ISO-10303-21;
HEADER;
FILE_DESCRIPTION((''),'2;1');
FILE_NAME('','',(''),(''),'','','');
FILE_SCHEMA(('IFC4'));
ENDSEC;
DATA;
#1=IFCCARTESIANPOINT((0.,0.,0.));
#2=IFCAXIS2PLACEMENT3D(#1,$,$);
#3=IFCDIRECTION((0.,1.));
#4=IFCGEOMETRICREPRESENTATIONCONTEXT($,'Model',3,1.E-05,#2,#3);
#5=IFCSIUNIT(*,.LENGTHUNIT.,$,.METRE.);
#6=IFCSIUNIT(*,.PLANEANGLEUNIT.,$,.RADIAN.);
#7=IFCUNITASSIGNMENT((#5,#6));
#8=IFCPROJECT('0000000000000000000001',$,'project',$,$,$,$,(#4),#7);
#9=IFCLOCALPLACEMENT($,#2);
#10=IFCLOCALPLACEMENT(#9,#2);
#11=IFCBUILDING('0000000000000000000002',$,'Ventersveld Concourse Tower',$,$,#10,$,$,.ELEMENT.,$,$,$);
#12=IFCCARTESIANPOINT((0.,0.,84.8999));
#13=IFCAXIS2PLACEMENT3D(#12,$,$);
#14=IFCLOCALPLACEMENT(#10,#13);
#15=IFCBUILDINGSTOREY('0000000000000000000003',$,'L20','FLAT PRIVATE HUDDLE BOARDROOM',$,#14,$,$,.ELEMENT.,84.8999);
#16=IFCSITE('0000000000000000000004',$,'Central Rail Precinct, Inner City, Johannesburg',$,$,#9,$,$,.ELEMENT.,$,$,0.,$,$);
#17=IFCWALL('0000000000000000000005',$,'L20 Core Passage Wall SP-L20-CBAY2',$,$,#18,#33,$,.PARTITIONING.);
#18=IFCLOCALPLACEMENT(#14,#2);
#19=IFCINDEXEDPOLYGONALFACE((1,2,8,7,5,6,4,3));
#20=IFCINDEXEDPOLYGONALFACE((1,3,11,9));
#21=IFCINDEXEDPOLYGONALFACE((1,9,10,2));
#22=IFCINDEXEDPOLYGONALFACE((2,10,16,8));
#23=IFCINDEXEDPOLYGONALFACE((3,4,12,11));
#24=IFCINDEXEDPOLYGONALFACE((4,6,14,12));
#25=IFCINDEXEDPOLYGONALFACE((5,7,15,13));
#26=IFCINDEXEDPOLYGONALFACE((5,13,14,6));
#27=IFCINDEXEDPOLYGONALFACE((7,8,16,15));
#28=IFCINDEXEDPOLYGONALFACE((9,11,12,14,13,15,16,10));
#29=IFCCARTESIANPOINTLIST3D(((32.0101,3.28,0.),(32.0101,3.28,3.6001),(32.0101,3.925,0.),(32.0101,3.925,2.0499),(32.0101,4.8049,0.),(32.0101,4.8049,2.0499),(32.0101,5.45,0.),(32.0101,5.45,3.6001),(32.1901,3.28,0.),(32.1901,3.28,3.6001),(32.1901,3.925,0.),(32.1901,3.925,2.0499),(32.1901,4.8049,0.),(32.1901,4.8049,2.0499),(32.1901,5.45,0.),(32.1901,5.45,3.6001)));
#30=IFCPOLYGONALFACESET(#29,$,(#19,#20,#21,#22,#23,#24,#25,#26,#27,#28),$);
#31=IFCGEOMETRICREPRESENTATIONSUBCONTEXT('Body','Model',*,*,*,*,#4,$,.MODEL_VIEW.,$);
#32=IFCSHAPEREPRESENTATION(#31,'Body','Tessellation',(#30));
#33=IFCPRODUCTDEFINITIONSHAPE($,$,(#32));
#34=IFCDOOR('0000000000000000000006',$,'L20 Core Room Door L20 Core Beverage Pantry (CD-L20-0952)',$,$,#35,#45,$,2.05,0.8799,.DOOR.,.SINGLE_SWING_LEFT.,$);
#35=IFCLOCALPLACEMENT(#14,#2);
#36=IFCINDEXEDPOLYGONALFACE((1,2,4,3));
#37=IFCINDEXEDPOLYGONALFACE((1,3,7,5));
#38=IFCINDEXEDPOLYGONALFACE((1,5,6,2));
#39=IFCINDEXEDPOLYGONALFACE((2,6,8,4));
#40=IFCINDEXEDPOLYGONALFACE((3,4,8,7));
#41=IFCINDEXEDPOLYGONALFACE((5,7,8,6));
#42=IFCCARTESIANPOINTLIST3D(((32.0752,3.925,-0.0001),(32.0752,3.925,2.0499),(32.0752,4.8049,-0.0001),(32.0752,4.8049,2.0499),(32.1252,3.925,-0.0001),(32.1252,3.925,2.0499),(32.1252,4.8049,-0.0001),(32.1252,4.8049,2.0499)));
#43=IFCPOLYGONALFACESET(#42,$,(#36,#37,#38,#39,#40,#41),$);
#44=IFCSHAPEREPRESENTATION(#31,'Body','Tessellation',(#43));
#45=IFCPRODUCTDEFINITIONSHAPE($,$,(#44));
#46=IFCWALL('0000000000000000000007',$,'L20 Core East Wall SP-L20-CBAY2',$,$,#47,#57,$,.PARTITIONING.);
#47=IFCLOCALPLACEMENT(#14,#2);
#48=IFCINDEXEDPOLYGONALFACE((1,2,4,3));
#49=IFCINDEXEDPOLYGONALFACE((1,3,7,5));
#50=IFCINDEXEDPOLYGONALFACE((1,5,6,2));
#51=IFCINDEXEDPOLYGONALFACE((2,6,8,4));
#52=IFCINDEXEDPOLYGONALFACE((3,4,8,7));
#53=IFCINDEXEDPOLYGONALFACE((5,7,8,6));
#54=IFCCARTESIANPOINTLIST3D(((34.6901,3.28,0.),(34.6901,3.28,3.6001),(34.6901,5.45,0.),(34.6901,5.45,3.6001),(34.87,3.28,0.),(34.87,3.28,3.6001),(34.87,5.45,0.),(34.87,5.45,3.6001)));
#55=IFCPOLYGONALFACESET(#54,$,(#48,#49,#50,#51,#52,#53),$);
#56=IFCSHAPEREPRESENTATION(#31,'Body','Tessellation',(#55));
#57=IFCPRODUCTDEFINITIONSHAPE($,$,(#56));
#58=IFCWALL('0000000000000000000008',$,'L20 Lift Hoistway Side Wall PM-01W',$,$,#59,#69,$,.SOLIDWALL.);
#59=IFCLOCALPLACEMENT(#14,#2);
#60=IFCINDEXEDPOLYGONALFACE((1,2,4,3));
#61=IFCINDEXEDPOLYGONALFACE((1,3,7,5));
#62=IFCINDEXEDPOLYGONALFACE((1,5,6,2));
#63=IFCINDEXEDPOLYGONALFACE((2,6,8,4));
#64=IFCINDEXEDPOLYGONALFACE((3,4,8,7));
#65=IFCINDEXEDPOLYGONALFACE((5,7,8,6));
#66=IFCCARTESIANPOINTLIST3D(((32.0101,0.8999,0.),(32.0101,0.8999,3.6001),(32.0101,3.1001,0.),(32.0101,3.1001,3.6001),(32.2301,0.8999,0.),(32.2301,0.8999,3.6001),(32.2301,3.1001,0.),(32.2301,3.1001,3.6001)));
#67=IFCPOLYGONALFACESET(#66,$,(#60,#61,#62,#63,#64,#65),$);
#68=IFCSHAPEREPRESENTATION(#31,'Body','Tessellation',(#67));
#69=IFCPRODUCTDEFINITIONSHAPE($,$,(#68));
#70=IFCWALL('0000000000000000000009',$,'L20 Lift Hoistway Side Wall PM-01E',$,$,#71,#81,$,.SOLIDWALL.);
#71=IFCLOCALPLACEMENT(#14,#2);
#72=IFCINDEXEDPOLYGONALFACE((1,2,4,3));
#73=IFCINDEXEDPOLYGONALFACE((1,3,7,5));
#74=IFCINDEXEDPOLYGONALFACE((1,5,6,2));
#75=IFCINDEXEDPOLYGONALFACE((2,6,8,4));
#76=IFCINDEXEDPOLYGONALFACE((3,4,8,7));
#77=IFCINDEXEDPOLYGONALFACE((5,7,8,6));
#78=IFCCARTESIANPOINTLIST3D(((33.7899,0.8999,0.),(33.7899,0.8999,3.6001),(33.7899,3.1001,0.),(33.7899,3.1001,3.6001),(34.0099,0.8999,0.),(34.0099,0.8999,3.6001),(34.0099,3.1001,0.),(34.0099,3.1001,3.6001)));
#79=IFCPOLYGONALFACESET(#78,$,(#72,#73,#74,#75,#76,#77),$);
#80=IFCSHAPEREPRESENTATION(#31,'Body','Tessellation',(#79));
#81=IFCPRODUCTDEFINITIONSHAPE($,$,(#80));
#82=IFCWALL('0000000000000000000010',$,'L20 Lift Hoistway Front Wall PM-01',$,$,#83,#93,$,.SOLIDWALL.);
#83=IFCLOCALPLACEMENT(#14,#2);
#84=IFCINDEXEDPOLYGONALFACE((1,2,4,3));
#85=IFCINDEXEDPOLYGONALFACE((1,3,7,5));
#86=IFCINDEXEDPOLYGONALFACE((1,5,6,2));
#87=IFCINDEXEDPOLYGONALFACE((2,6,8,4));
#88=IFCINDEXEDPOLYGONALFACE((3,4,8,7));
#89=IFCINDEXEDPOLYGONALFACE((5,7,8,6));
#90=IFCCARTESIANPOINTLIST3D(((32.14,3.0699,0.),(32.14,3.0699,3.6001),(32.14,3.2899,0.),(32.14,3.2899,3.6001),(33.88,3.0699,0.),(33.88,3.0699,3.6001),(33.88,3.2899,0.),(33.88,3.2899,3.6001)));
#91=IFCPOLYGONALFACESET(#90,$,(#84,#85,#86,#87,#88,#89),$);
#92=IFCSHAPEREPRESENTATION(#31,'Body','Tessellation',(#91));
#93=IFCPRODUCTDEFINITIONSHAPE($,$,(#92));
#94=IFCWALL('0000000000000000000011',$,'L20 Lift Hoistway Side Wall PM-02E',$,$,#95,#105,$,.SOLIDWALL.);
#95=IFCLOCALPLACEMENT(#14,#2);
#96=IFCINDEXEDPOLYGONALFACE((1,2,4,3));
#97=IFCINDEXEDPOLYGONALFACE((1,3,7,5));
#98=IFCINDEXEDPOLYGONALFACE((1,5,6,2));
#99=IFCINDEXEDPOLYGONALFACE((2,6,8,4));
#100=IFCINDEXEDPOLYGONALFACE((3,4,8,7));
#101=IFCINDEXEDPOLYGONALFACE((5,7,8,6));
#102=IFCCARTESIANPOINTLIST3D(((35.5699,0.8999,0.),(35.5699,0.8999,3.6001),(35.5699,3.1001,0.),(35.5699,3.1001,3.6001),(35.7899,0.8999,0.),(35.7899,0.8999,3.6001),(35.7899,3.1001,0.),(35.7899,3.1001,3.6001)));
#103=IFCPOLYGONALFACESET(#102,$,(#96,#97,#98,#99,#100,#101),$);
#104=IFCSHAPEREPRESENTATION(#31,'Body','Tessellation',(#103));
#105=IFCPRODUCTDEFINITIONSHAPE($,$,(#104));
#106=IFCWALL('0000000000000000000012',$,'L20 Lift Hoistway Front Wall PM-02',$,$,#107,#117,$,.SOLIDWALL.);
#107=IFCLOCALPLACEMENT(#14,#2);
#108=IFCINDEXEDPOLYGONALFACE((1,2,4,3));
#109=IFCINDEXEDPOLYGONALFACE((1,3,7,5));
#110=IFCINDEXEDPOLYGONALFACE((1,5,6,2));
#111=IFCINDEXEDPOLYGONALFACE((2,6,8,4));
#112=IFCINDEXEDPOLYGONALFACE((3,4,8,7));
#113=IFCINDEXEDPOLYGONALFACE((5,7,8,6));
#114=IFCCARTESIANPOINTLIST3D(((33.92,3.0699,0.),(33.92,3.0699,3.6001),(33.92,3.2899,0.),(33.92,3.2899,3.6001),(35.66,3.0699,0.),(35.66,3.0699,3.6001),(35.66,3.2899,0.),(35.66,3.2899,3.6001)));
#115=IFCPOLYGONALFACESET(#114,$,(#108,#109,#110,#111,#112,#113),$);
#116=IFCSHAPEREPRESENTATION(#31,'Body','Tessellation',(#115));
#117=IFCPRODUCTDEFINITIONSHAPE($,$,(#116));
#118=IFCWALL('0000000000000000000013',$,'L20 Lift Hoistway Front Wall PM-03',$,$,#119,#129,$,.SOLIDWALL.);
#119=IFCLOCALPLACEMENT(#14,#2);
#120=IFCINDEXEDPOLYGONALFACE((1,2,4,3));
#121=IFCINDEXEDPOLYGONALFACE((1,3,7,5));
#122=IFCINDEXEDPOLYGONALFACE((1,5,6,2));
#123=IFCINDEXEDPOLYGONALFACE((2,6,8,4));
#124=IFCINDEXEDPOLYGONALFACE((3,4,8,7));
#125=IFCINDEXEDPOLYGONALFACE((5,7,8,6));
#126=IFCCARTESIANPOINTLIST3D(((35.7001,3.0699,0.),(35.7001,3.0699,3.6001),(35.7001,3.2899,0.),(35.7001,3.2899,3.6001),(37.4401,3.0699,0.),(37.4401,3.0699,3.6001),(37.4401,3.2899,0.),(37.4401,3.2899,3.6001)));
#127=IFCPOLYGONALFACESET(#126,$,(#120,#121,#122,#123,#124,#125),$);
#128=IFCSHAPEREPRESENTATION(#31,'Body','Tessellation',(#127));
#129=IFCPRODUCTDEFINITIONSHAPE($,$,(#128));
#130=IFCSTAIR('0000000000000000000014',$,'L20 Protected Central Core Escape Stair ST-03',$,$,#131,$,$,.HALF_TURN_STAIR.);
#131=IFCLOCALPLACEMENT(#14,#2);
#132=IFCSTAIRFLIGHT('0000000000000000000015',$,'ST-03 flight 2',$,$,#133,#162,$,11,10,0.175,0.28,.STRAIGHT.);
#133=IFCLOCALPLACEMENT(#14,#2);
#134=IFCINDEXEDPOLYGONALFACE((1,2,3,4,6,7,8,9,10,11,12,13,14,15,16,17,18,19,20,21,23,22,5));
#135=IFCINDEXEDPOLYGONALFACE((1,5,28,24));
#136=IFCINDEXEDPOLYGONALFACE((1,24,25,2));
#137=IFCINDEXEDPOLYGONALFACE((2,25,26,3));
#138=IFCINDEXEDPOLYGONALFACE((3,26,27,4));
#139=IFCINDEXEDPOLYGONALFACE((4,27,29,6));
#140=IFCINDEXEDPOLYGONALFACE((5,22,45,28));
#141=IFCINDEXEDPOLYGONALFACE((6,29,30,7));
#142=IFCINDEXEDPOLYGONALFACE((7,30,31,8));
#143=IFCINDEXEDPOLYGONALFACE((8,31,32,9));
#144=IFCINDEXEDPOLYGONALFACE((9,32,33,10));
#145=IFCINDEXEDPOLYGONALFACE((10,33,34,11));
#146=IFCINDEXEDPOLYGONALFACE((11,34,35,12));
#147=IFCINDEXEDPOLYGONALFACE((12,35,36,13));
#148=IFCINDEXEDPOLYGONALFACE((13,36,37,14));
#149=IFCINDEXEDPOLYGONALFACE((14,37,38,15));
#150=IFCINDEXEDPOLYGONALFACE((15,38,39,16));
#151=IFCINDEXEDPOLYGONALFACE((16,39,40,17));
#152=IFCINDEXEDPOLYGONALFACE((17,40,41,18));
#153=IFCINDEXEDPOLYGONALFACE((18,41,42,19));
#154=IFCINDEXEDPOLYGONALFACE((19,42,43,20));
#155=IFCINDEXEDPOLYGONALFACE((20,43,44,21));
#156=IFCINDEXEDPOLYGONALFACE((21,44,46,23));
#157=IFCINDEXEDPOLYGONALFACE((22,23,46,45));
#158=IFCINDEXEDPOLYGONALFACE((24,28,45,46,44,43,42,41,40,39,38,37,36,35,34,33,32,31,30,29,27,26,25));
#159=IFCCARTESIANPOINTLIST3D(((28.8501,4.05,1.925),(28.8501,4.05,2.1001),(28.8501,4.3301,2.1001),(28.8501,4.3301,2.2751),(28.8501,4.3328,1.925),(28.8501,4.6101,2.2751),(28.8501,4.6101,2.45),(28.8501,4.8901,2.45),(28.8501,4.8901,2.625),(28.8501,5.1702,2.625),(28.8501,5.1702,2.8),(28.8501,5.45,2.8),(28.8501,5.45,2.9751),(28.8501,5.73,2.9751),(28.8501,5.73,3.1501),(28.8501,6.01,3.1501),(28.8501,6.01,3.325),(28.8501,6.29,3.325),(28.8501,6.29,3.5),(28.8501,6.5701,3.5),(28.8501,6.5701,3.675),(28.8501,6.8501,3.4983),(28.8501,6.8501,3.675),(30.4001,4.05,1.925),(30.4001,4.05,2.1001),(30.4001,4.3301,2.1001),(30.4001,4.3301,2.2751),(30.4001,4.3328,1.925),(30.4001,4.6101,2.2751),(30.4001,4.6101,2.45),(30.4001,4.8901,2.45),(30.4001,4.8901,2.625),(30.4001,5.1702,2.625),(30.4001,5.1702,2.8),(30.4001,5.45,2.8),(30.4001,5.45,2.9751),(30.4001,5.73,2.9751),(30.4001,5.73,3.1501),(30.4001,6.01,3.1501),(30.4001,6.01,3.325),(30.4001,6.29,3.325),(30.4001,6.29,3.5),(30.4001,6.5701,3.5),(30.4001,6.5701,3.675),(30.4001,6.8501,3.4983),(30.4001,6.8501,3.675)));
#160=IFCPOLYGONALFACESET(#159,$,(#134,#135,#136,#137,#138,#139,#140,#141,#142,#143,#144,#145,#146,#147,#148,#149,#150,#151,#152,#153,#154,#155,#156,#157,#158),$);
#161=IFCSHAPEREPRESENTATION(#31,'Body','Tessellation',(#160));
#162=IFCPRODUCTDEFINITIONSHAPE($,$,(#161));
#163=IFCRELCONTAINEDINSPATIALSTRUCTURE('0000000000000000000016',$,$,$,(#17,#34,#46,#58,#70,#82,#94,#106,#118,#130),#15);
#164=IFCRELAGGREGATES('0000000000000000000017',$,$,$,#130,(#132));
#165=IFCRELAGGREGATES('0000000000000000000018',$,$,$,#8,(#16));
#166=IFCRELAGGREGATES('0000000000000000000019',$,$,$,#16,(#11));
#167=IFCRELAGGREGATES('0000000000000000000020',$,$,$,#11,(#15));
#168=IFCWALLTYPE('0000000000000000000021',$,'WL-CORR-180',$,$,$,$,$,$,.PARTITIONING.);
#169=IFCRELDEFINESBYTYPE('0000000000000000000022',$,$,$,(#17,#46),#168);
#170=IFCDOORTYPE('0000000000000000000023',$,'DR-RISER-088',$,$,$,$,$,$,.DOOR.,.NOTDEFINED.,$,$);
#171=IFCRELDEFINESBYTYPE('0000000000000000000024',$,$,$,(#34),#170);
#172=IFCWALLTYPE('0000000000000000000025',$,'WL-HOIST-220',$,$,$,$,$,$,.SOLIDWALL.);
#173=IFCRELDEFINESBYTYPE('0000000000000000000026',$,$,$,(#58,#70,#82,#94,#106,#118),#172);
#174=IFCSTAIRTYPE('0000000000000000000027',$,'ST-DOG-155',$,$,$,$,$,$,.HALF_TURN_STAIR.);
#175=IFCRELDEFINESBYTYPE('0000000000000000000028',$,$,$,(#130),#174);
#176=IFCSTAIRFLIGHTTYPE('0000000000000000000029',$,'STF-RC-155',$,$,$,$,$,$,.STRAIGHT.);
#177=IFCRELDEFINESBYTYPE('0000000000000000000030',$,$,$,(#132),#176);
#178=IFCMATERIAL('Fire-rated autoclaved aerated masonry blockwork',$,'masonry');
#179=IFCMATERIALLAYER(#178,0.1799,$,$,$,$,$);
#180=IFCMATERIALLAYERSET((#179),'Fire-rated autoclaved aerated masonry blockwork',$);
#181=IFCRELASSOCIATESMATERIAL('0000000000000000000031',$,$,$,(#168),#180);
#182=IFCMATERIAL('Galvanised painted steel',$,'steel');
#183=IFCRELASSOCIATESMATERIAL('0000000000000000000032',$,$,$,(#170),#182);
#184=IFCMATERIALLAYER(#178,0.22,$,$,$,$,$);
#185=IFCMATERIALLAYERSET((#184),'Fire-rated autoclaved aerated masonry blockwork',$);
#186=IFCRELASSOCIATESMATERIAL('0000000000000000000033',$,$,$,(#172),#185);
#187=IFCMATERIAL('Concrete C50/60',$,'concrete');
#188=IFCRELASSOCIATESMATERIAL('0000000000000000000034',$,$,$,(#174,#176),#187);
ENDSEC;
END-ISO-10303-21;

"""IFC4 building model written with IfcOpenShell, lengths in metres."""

from ifc_helpers import new_model, si_unit, direction, frame, frame_2d, origin, place, context, subcontext, project, spatial, polyline, rectangle, outline, extrude, material, layer, layer_set, type_object, element, fill, aggregate, save


model = new_model("IFC4")

# Units and contexts
model_context = context("Model", 3, precision=1e-05, world=origin(), true_north=direction((0.0, 1.0)))
body_context = subcontext(model_context, "Body", "Model", "MODEL_VIEW")
ifc_project = project(units=[si_unit("LENGTHUNIT", "METRE"), si_unit("PLANEANGLEUNIT", "RADIAN")], contexts=[model_context])

# Site, building, storey
site_placement = place(None, origin())
site = spatial("IfcSite", under=ifc_project, at=site_placement, Name="Central Rail Precinct, Inner City, Johannesburg", CompositionType="ELEMENT", RefElevation=0.0)
building_placement = place(site_placement, origin())
building = spatial("IfcBuilding", under=site, at=building_placement, Name="Ventersveld Concourse Tower", CompositionType="ELEMENT")
storey_placement = place(building_placement, frame((0.0, 0.0, 84.8999)))
storey = spatial("IfcBuildingStorey", under=building, at=storey_placement, Name="L20", Description="FLAT PRIVATE HUDDLE BOARDROOM", CompositionType="ELEMENT", Elevation=84.8999)

# Shared definitions
ifc_material_1 = material(Name="Concrete C50/60", Category="concrete")

# Shared definitions
ifc_material_2 = material(Name="Fire-rated autoclaved aerated masonry blockwork", Category="masonry")
ifc_layer_1 = layer(ifc_material_2, 0.1799)
ifc_layer_set_1 = layer_set([ifc_layer_1], Name="Fire-rated autoclaved aerated masonry blockwork")
wall_type_1 = type_object("IfcWallType", Name="WL-CORR-180", PredefinedType="PARTITIONING", material=ifc_layer_set_1)

# Wall, opening, door
wall_1_placement = place(storey_placement, frame((32.1001, 3.28, 0.0), z_axis=(0.0, 0.0, 1.0), x_axis=(0.0, 1.0, 0.0)))
wall_1 = element("IfcWall", 1, at=wall_1_placement, inside=storey, type_object=wall_type_1, Name="L20 Core Passage Wall SP-L20-CBAY2", PredefinedType="PARTITIONING", context=body_context, shape_type="SweptSolid", body=[
    extrude(rectangle(XDim=2.1699, YDim=0.1799, at=frame_2d((1.085, 0.0))), origin(), (0.0, 0.0, 1.0), 3.6001),
])
opening_placement = place(wall_1_placement, frame((0.645, 0.0, 0.0)))
opening = element("IfcOpeningElement", 2, at=opening_placement, cuts=wall_1, PredefinedType="OPENING", context=body_context, shape_type="SweptSolid", body=[
    extrude(rectangle(XDim=0.8799, YDim=2.05, at=frame_2d((0.4399, 1.0249))), frame((0.0, 0.1001, 0.0), z_axis=(0.0, -1.0, 0.0), x_axis=(1.0, 0.0, 0.0)), (0.0, 0.0, 1.0), 0.2),
])
ifc_material_3 = material(Name="Galvanised painted steel", Category="steel")
door_type = type_object("IfcDoorType", Name="DR-RISER-088", OperationType="NOTDEFINED", PredefinedType="DOOR", material=ifc_material_3)
door_placement = place(opening_placement, origin())
door = element("IfcDoor", 3, at=door_placement, inside=storey, type_object=door_type, Name="L20 Core Room Door L20 Core Beverage Pantry (CD-L20-0952)", OperationType="SINGLE_SWING_LEFT", OverallHeight=2.05, OverallWidth=0.8799, PredefinedType="DOOR", context=body_context, shape_type="SweptSolid", body=[
    extrude(rectangle(XDim=0.8799, YDim=2.05, at=frame_2d((0.4399, 1.0249))), frame((0.0, 0.0249, 0.0), z_axis=(0.0, -1.0, 0.0), x_axis=(1.0, 0.0, 0.0)), (0.0, 0.0, 1.0), 0.05),
])
fill(opening, door)

# Walls
wall_2_placement = place(storey_placement, frame((34.78, 3.28, 0.0), z_axis=(0.0, 0.0, 1.0), x_axis=(0.0, 1.0, 0.0)))
element("IfcWall", 4, at=wall_2_placement, inside=storey, type_object=wall_type_1, Name="L20 Core East Wall SP-L20-CBAY2", PredefinedType="PARTITIONING", context=body_context, shape_type="SweptSolid", body=[
    extrude(rectangle(XDim=2.1699, YDim=0.1799, at=frame_2d((1.085, 0.0))), origin(), (0.0, 0.0, 1.0), 3.6001),
])
ifc_layer_2 = layer(ifc_material_2, 0.22)
ifc_layer_set_2 = layer_set([ifc_layer_2], Name="Fire-rated autoclaved aerated masonry blockwork")
wall_type_2 = type_object("IfcWallType", Name="WL-HOIST-220", PredefinedType="SOLIDWALL", material=ifc_layer_set_2)
for number, where, z_axis, x_axis, name in (
    (5, (32.1201, 0.8999, 0.0), (0.0, 0.0, 1.0), (0.0, 1.0, 0.0), "L20 Lift Hoistway Side Wall PM-01W"),
    (6, (33.8999, 0.8999, 0.0), (0.0, 0.0, 1.0), (0.0, 1.0, 0.0), "L20 Lift Hoistway Side Wall PM-01E"),
):
    element("IfcWall", number, at=place(storey_placement, frame(where, z_axis=z_axis, x_axis=x_axis)), inside=storey, type_object=wall_type_2, Name=name, PredefinedType="SOLIDWALL", context=body_context, shape_type="SweptSolid", body=[
        extrude(rectangle(XDim=2.2002, YDim=0.22, at=frame_2d((1.1001, 0.0))), origin(), (0.0, 0.0, 1.0), 3.6001),
    ])
wall_3_placement = place(storey_placement, frame((32.1399, 3.1799, 0.0), z_axis=(0.0, 0.0, 1.0), x_axis=(1.0, 0.0, 0.0)))
element("IfcWall", 7, at=wall_3_placement, inside=storey, type_object=wall_type_2, Name="L20 Lift Hoistway Front Wall PM-01", PredefinedType="SOLIDWALL", context=body_context, shape_type="SweptSolid", body=[
    extrude(rectangle(XDim=1.74, YDim=0.22, at=frame_2d((0.8701, 0.0))), origin(), (0.0, 0.0, 1.0), 3.6001),
])
wall_4_placement = place(storey_placement, frame((35.6799, 0.8999, 0.0), z_axis=(0.0, 0.0, 1.0), x_axis=(0.0, 1.0, 0.0)))
element("IfcWall", 8, at=wall_4_placement, inside=storey, type_object=wall_type_2, Name="L20 Lift Hoistway Side Wall PM-02E", PredefinedType="SOLIDWALL", context=body_context, shape_type="SweptSolid", body=[
    extrude(rectangle(XDim=2.2002, YDim=0.22, at=frame_2d((1.1001, 0.0))), origin(), (0.0, 0.0, 1.0), 3.6001),
])
for number, where, z_axis, x_axis, name in (
    (9, (33.9199, 3.1799, 0.0), (0.0, 0.0, 1.0), (1.0, 0.0, 0.0), "L20 Lift Hoistway Front Wall PM-02"),
    (10, (35.7, 3.1799, 0.0), (0.0, 0.0, 1.0), (1.0, 0.0, 0.0), "L20 Lift Hoistway Front Wall PM-03"),
):
    element("IfcWall", number, at=place(storey_placement, frame(where, z_axis=z_axis, x_axis=x_axis)), inside=storey, type_object=wall_type_2, Name=name, PredefinedType="SOLIDWALL", context=body_context, shape_type="SweptSolid", body=[
        extrude(rectangle(XDim=1.74, YDim=0.22, at=frame_2d((0.8701, 0.0))), origin(), (0.0, 0.0, 1.0), 3.6001),
    ])

# Stair, stair flight
stair_type = type_object("IfcStairType", Name="ST-DOG-155", PredefinedType="HALF_TURN_STAIR", material=ifc_material_1)
stair_placement = place(storey_placement, origin())
stair = element("IfcStair", 11, at=stair_placement, inside=storey, type_object=stair_type, Name="L20 Protected Central Core Escape Stair ST-03", PredefinedType="HALF_TURN_STAIR")
stair_flight_type = type_object("IfcStairFlightType", Name="STF-RC-155", PredefinedType="STRAIGHT", material=ifc_material_1)
stair_flight_placement = place(storey_placement, frame((29.625, 4.05, 1.925), z_axis=(0.0, 0.0, 1.0), x_axis=(0.0, 1.0, 0.0)))
stair_flight = element("IfcStairFlight", 12, at=stair_flight_placement, type_object=stair_flight_type, Name="ST-03 flight 2", NumberOfRisers=11, NumberOfTreads=10, PredefinedType="STRAIGHT", RiserHeight=0.175, TreadLength=0.28, context=body_context, shape_type="SweptSolid", body=[
    extrude(outline(polyline([(0.0, 0.0), (0.0, 0.175), (0.28, 0.175), (0.28, 0.3501), (0.5601, 0.3501), (0.5601, 0.5249), (0.8401, 0.5249), (0.8401, 0.7), (1.1201, 0.7), (1.1201, 0.875), (1.3999, 0.875), (1.3999, 1.05), (1.6799, 1.05), (1.6799, 1.2251), (1.96, 1.2251), (1.96, 1.3999), (2.24, 1.3999), (2.24, 1.575), (2.52, 1.575), (2.52, 1.75), (2.8, 1.75), (2.8, 1.925), (2.8, 1.5732), (0.2827, 0.0), (0.0, 0.0)])), frame((0.0, 0.7749, 0.0), z_axis=(0.0, -1.0, 0.0), x_axis=(1.0, 0.0, 0.0)), (0.0, 0.0, 1.0), 1.55),
])
aggregate(stair, [stair_flight])

save(model, "model.ifc")
